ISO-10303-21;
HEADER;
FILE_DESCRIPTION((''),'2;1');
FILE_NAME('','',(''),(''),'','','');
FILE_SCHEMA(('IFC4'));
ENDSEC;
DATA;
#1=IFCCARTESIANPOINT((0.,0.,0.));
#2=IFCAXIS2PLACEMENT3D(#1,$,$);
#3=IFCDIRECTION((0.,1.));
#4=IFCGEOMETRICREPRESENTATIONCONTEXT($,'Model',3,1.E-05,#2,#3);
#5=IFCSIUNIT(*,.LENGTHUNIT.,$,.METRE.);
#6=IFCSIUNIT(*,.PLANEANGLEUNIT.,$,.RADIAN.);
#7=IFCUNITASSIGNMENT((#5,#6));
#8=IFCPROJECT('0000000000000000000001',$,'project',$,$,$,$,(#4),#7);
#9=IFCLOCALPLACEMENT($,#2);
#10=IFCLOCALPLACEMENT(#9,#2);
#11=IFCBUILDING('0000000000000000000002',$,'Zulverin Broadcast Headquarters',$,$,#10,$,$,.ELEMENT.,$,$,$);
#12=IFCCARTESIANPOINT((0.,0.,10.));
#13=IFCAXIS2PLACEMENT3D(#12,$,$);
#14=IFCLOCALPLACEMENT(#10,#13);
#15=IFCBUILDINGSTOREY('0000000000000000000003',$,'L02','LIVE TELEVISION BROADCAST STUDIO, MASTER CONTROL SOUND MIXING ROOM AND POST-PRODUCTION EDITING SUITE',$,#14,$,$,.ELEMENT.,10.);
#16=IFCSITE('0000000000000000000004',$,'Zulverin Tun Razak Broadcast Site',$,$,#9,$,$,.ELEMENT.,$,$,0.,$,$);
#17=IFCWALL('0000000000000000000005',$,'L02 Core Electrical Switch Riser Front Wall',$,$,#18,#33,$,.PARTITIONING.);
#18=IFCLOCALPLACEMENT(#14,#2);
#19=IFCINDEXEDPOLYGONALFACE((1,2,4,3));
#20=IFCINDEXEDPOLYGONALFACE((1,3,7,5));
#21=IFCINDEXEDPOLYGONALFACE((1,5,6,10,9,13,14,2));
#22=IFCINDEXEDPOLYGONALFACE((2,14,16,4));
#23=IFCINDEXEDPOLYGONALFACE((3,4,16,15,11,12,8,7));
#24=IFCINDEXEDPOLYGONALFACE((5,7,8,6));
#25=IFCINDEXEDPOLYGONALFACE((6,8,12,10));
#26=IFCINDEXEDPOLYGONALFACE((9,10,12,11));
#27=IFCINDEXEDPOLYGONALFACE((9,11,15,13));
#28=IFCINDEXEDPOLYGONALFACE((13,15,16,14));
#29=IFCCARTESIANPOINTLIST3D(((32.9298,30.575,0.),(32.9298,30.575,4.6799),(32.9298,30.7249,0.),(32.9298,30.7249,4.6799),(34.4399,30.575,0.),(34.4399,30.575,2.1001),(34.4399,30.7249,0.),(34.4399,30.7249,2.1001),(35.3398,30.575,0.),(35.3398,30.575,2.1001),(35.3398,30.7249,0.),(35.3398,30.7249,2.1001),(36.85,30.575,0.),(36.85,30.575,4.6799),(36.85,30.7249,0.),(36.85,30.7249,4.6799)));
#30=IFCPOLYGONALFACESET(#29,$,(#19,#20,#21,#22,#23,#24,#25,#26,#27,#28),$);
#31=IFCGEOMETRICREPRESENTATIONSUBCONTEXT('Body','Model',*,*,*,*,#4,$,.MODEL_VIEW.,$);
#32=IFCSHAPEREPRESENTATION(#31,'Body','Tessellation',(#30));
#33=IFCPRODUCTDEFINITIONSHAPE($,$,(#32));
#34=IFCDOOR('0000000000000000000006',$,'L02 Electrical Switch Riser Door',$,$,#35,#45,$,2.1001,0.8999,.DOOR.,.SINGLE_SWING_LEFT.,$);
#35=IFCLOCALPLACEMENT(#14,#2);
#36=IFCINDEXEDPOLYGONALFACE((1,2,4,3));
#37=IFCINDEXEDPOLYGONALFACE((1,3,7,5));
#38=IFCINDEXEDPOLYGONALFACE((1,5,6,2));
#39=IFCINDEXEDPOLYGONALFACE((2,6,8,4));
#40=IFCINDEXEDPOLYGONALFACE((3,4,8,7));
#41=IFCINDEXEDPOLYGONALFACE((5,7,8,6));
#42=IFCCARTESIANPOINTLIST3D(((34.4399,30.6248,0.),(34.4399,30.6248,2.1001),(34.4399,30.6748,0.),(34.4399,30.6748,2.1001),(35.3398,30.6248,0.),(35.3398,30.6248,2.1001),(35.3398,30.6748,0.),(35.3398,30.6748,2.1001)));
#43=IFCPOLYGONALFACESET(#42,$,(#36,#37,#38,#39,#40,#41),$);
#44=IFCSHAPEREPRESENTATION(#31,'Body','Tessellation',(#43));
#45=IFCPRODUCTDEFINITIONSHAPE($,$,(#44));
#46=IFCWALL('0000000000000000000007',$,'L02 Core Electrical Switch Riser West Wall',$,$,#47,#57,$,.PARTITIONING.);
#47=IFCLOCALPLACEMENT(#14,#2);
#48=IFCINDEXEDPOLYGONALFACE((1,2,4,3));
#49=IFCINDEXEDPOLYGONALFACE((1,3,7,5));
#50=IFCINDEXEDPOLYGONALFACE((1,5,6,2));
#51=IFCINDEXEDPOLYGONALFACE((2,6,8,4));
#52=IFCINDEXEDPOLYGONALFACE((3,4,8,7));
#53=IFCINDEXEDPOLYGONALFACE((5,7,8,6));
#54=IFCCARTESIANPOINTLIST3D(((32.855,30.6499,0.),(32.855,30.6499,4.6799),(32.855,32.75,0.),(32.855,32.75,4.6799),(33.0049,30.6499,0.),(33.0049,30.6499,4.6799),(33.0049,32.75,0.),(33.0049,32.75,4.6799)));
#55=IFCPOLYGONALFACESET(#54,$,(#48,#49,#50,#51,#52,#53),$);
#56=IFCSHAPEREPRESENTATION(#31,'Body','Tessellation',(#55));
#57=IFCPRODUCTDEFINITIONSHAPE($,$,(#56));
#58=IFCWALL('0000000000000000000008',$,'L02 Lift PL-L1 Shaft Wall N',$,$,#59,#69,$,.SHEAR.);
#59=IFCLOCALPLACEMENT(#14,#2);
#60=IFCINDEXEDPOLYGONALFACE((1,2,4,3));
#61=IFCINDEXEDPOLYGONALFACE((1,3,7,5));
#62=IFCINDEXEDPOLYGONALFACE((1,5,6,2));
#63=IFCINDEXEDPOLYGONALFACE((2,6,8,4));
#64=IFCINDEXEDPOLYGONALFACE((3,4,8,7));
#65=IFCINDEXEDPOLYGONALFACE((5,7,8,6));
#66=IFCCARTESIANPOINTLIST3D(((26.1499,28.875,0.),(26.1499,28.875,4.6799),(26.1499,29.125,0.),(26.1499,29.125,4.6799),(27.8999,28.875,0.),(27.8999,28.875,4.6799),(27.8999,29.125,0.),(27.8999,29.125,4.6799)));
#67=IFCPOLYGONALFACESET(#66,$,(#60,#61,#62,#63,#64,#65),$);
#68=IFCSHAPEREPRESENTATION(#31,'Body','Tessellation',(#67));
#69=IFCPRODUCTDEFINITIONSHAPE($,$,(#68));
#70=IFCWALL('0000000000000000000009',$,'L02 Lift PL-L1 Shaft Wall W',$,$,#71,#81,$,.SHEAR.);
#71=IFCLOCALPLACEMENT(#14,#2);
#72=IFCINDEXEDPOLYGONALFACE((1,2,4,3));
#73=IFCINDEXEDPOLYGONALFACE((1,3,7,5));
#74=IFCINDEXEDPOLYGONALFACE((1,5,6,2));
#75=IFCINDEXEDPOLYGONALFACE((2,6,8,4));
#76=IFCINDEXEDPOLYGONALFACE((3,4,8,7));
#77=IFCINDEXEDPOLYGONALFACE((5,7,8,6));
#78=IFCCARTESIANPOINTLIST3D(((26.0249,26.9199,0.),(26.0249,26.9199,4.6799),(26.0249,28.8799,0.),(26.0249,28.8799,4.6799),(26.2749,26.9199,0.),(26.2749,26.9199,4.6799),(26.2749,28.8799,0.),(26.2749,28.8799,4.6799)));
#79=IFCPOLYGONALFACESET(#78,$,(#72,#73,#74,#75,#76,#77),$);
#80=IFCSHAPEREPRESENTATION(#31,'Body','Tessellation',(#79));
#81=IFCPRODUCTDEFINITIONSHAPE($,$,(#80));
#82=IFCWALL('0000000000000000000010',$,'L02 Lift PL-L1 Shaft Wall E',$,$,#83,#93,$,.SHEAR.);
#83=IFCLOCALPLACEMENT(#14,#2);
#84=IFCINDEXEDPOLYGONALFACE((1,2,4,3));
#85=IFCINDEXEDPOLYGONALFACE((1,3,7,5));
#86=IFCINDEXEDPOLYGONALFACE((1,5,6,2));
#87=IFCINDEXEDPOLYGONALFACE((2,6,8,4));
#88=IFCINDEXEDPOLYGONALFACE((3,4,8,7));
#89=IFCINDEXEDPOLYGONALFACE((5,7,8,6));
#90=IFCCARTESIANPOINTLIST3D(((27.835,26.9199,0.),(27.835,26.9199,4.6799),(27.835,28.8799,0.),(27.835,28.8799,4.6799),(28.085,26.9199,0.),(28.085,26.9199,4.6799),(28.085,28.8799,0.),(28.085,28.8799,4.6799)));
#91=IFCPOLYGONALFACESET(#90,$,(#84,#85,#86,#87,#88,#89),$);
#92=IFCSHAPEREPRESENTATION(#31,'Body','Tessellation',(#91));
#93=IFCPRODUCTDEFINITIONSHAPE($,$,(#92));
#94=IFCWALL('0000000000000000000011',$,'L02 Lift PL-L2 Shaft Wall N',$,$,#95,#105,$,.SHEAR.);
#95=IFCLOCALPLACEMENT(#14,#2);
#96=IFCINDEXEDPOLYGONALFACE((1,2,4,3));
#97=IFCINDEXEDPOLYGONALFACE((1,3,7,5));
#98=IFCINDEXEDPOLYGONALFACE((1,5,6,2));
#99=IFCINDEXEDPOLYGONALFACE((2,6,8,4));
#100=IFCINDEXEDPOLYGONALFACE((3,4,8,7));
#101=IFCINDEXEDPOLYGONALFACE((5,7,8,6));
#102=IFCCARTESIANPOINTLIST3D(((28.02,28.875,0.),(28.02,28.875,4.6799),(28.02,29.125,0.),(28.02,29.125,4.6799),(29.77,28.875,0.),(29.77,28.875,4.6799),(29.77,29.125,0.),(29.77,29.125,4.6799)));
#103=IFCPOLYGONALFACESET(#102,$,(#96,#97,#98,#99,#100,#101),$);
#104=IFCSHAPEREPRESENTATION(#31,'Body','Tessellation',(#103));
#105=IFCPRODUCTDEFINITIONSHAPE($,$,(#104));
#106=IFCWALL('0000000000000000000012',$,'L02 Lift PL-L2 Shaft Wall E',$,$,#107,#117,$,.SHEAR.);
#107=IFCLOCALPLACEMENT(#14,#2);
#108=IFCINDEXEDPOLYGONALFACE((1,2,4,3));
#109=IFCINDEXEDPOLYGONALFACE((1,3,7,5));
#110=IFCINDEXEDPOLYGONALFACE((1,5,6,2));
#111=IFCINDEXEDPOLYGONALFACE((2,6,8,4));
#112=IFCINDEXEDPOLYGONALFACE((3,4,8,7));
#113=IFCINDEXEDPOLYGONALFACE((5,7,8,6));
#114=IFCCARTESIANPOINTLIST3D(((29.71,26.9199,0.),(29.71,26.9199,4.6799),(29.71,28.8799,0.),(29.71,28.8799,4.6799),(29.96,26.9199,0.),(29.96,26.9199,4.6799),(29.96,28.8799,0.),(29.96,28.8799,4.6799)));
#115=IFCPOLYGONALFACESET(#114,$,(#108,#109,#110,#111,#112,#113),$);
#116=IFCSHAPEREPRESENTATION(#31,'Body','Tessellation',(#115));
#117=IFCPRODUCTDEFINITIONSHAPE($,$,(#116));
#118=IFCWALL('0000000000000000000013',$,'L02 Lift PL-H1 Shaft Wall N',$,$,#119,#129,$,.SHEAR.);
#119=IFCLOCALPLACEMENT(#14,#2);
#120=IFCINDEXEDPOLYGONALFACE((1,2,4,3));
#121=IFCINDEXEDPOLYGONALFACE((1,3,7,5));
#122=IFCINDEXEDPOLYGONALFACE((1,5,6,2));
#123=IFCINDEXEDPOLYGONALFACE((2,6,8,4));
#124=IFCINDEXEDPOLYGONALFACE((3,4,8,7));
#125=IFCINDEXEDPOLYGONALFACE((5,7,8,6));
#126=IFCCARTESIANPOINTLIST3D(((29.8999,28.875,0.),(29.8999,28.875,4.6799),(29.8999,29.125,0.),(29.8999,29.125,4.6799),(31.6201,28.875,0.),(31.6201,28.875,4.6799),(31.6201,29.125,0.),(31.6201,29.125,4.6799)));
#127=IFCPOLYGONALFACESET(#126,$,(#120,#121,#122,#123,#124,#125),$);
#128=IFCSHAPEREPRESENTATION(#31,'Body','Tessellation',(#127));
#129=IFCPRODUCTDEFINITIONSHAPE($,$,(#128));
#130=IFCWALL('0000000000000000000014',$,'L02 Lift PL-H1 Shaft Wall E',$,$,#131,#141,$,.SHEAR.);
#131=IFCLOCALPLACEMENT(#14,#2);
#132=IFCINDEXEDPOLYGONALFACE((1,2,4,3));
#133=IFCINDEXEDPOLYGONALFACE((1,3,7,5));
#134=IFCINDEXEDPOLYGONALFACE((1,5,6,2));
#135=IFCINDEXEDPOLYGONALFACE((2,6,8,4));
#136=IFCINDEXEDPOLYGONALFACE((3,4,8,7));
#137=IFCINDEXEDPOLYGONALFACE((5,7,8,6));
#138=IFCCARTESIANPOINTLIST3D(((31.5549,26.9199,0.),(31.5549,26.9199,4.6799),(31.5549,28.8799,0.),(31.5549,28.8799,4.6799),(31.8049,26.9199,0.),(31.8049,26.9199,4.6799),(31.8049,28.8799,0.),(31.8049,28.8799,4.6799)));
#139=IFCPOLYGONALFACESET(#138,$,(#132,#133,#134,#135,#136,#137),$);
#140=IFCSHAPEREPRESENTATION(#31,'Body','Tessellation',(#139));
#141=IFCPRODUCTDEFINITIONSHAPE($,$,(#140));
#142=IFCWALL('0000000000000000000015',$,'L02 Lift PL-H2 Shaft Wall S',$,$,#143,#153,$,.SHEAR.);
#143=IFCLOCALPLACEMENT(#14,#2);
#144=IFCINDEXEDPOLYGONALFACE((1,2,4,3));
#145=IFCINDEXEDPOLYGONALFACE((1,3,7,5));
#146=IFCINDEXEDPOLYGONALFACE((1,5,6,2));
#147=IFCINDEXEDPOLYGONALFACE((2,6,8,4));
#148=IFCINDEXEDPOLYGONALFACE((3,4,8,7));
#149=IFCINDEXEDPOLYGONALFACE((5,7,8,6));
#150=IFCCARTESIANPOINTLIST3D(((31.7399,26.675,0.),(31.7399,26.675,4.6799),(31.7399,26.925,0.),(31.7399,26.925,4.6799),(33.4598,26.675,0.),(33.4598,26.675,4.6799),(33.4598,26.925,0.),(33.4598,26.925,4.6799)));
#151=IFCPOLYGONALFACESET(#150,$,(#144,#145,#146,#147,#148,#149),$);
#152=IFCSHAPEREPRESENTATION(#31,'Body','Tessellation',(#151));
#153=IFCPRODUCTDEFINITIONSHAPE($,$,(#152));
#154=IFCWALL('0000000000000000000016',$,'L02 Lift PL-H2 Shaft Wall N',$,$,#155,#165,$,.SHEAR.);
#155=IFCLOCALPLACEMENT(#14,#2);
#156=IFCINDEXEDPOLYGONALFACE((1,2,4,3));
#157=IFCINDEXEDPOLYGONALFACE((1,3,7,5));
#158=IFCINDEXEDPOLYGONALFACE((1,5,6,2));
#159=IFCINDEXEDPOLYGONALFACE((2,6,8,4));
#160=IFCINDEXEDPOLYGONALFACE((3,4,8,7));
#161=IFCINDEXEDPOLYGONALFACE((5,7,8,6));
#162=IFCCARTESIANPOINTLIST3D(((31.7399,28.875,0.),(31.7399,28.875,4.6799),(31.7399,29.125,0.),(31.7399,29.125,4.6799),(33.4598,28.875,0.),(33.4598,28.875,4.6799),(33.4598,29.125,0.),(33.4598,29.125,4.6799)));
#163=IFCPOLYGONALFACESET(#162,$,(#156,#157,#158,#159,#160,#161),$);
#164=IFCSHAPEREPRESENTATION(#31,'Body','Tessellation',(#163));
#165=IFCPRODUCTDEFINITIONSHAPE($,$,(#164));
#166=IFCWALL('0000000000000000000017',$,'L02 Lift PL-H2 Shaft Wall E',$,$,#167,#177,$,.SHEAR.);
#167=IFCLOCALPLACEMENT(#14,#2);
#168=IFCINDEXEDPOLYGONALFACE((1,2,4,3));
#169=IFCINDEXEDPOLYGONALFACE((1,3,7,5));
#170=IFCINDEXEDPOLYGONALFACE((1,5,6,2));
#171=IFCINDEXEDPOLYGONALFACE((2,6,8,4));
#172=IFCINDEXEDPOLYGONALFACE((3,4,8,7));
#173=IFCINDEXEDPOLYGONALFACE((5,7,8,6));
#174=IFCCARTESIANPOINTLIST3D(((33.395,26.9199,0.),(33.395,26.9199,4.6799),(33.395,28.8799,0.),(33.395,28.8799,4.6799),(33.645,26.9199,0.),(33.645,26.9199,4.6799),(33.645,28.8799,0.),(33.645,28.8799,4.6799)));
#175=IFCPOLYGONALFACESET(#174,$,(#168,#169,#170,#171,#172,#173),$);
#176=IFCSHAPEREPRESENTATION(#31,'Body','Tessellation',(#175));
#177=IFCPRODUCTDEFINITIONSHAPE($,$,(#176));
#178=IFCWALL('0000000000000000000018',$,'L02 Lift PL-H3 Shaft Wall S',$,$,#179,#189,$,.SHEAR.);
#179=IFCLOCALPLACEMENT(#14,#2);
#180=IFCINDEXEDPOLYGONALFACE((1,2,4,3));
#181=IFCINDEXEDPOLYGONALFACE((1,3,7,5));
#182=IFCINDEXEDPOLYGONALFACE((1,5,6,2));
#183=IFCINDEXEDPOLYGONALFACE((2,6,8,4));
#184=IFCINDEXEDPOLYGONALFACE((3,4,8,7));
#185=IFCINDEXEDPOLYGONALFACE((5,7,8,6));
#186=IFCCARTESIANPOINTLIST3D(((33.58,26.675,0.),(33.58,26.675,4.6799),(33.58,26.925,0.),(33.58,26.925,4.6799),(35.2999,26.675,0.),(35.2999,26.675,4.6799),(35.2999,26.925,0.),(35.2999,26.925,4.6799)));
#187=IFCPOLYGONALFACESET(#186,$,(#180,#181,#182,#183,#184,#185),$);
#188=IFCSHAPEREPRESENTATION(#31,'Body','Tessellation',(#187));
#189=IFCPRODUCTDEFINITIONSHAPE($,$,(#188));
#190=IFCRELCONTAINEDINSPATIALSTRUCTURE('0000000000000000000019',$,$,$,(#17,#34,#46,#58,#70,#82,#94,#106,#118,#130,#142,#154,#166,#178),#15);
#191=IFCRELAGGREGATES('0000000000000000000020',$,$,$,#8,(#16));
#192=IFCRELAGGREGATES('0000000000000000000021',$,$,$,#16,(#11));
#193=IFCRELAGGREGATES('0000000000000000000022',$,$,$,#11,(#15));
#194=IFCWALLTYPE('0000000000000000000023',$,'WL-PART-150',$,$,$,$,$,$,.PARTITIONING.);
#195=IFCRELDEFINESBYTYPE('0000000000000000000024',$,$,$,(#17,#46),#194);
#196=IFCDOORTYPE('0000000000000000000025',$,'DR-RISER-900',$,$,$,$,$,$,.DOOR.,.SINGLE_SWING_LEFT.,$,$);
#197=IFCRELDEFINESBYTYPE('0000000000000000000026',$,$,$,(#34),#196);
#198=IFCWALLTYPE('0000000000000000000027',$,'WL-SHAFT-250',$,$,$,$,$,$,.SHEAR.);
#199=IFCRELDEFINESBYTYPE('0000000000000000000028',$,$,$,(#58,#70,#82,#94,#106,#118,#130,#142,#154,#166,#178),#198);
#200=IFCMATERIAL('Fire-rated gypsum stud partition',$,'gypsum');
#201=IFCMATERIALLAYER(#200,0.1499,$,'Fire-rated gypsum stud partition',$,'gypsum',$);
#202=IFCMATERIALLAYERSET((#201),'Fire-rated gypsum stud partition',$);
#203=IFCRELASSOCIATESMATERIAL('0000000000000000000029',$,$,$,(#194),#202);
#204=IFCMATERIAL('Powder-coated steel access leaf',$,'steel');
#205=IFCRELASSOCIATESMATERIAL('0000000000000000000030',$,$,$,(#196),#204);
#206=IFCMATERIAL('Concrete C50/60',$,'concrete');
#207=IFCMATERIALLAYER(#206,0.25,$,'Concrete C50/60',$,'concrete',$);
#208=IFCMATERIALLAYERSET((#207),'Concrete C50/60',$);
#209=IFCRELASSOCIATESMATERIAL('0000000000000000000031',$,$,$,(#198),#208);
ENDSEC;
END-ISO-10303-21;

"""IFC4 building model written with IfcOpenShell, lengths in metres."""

from ifc_helpers import new_model, si_unit, direction, frame, frame_2d, origin, place, context, subcontext, project, spatial, rectangle, extrude, material, layer, layer_set, type_object, element, fill, save


model = new_model("IFC4")

# Units and contexts
model_context = context("Model", 3, precision=1e-05, world=origin(), true_north=direction((0.0, 1.0)))
body_context = subcontext(model_context, "Body", "Model", "MODEL_VIEW")
ifc_project = project(units=[si_unit("LENGTHUNIT", "METRE"), si_unit("PLANEANGLEUNIT", "RADIAN")], contexts=[model_context])

# Site, building, storey
site_placement = place(None, origin())
site = spatial("IfcSite", under=ifc_project, at=site_placement, Name="Zulverin Tun Razak Broadcast Site", CompositionType="ELEMENT", RefElevation=0.0)
building_placement = place(site_placement, origin())
building = spatial("IfcBuilding", under=site, at=building_placement, Name="Zulverin Broadcast Headquarters", CompositionType="ELEMENT")
storey_placement = place(building_placement, frame((0.0, 0.0, 10.0)))
storey = spatial("IfcBuildingStorey", under=building, at=storey_placement, Name="L02", Description="LIVE TELEVISION BROADCAST STUDIO, MASTER CONTROL SOUND MIXING ROOM AND POST-PRODUCTION EDITING SUITE", CompositionType="ELEMENT", Elevation=10.0)

# Shared definitions
ifc_material_1 = material(Name="Fire-rated gypsum stud partition", Category="gypsum")
ifc_layer_1 = layer(ifc_material_1, 0.1499, Name="Fire-rated gypsum stud partition", Category="gypsum")
ifc_layer_set_1 = layer_set([ifc_layer_1], Name="Fire-rated gypsum stud partition")
wall_type_1 = type_object("IfcWallType", Name="WL-PART-150", PredefinedType="PARTITIONING", material=ifc_layer_set_1)

# Wall, opening, door
wall_1_placement = place(storey_placement, frame((32.9299, 30.6499, 0.0), z_axis=(0.0, 0.0, 1.0), x_axis=(1.0, 0.0, 0.0)))
wall_1 = element("IfcWall", 1, at=wall_1_placement, inside=storey, type_object=wall_type_1, Name="L02 Core Electrical Switch Riser Front Wall", PredefinedType="PARTITIONING", context=body_context, shape_type="SweptSolid", body=[
    extrude(rectangle(XDim=3.9202, YDim=0.1499, at=frame_2d((1.96, 0.0))), origin(), (0.0, 0.0, 1.0), 4.6799),
])
opening_1_placement = place(wall_1_placement, frame((1.51, 0.0, 0.0)))
opening_1 = element("IfcOpeningElement", 2, at=opening_1_placement, cuts=wall_1, PredefinedType="OPENING", context=body_context, shape_type="SweptSolid", body=[
    extrude(rectangle(XDim=0.8999, YDim=2.1001, at=frame_2d((0.45, 1.05))), frame((0.0, 0.085, 0.0), z_axis=(0.0, -1.0, 0.0), x_axis=(1.0, 0.0, 0.0)), (0.0, 0.0, 1.0), 0.1699),
])
ifc_material_2 = material(Name="Powder-coated steel access leaf", Category="steel")
door_type_1 = type_object("IfcDoorType", Name="DR-RISER-900", OperationType="SINGLE_SWING_LEFT", PredefinedType="DOOR", material=ifc_material_2)
door_1_placement = place(opening_1_placement, origin())
door_1 = element("IfcDoor", 3, at=door_1_placement, inside=storey, type_object=door_type_1, Name="L02 Electrical Switch Riser Door", OperationType="SINGLE_SWING_LEFT", OverallHeight=2.1001, OverallWidth=0.8999, PredefinedType="DOOR", context=body_context, shape_type="SweptSolid", body=[
    extrude(rectangle(XDim=0.8999, YDim=2.1001, at=frame_2d((0.45, 1.05))), frame((0.0, 0.0249, 0.0), z_axis=(0.0, -1.0, 0.0), x_axis=(1.0, 0.0, 0.0)), (0.0, 0.0, 1.0), 0.05),
])
fill(opening_1, door_1)

# Walls
wall_2_placement = place(storey_placement, frame((32.9299, 30.6499, 0.0), z_axis=(0.0, 0.0, 1.0), x_axis=(0.0, 1.0, 0.0)))
element("IfcWall", 4, at=wall_2_placement, inside=storey, type_object=wall_type_1, Name="L02 Core Electrical Switch Riser West Wall", PredefinedType="PARTITIONING", context=body_context, shape_type="SweptSolid", body=[
    extrude(rectangle(XDim=2.1001, YDim=0.1499, at=frame_2d((1.05, 0.0))), origin(), (0.0, 0.0, 1.0), 4.6799),
])
ifc_material_3 = material(Name="Concrete C50/60", Category="concrete")
ifc_layer_2 = layer(ifc_material_3, 0.25, Name="Concrete C50/60", Category="concrete")
ifc_layer_set_2 = layer_set([ifc_layer_2], Name="Concrete C50/60")
wall_type_2 = type_object("IfcWallType", Name="WL-SHAFT-250", PredefinedType="SHEAR", material=ifc_layer_set_2)
wall_3_placement = place(storey_placement, frame((26.1499, 29.0, 0.0), z_axis=(0.0, 0.0, 1.0), x_axis=(1.0, 0.0, 0.0)))
element("IfcWall", 5, at=wall_3_placement, inside=storey, type_object=wall_type_2, Name="L02 Lift PL-L1 Shaft Wall N", PredefinedType="SHEAR", context=body_context, shape_type="SweptSolid", body=[
    extrude(rectangle(XDim=1.75, YDim=0.25, at=frame_2d((0.875, 0.0))), origin(), (0.0, 0.0, 1.0), 4.6799),
])
for number, where, z_axis, x_axis, name in (
    (6, (26.1499, 26.9199, 0.0), (0.0, 0.0, 1.0), (0.0, 1.0, 0.0), "L02 Lift PL-L1 Shaft Wall W"),
    (7, (27.96, 26.9199, 0.0), (0.0, 0.0, 1.0), (0.0, 1.0, 0.0), "L02 Lift PL-L1 Shaft Wall E"),
):
    element("IfcWall", number, at=place(storey_placement, frame(where, z_axis=z_axis, x_axis=x_axis)), inside=storey, type_object=wall_type_2, Name=name, PredefinedType="SHEAR", context=body_context, shape_type="SweptSolid", body=[
        extrude(rectangle(XDim=1.96, YDim=0.25, at=frame_2d((0.98, 0.0))), origin(), (0.0, 0.0, 1.0), 4.6799),
    ])
wall_4_placement = place(storey_placement, frame((28.02, 29.0, 0.0), z_axis=(0.0, 0.0, 1.0), x_axis=(1.0, 0.0, 0.0)))
element("IfcWall", 8, at=wall_4_placement, inside=storey, type_object=wall_type_2, Name="L02 Lift PL-L2 Shaft Wall N", PredefinedType="SHEAR", context=body_context, shape_type="SweptSolid", body=[
    extrude(rectangle(XDim=1.75, YDim=0.25, at=frame_2d((0.875, 0.0))), origin(), (0.0, 0.0, 1.0), 4.6799),
])
wall_5_placement = place(storey_placement, frame((29.835, 26.9199, 0.0), z_axis=(0.0, 0.0, 1.0), x_axis=(0.0, 1.0, 0.0)))
element("IfcWall", 9, at=wall_5_placement, inside=storey, type_object=wall_type_2, Name="L02 Lift PL-L2 Shaft Wall E", PredefinedType="SHEAR", context=body_context, shape_type="SweptSolid", body=[
    extrude(rectangle(XDim=1.96, YDim=0.25, at=frame_2d((0.98, 0.0))), origin(), (0.0, 0.0, 1.0), 4.6799),
])
wall_6_placement = place(storey_placement, frame((29.8999, 29.0, 0.0), z_axis=(0.0, 0.0, 1.0), x_axis=(1.0, 0.0, 0.0)))
element("IfcWall", 10, at=wall_6_placement, inside=storey, type_object=wall_type_2, Name="L02 Lift PL-H1 Shaft Wall N", PredefinedType="SHEAR", context=body_context, shape_type="SweptSolid", body=[
    extrude(rectangle(XDim=1.7202, YDim=0.25, at=frame_2d((0.8601, 0.0))), origin(), (0.0, 0.0, 1.0), 4.6799),
])
wall_7_placement = place(storey_placement, frame((31.6799, 26.9199, 0.0), z_axis=(0.0, 0.0, 1.0), x_axis=(0.0, 1.0, 0.0)))
element("IfcWall", 11, at=wall_7_placement, inside=storey, type_object=wall_type_2, Name="L02 Lift PL-H1 Shaft Wall E", PredefinedType="SHEAR", context=body_context, shape_type="SweptSolid", body=[
    extrude(rectangle(XDim=1.96, YDim=0.25, at=frame_2d((0.98, 0.0))), origin(), (0.0, 0.0, 1.0), 4.6799),
])
for number, where, z_axis, x_axis, name in (
    (12, (31.74, 26.8, 0.0), (0.0, 0.0, 1.0), (1.0, 0.0, 0.0), "L02 Lift PL-H2 Shaft Wall S"),
    (13, (31.74, 29.0, 0.0), (0.0, 0.0, 1.0), (1.0, 0.0, 0.0), "L02 Lift PL-H2 Shaft Wall N"),
):
    element("IfcWall", number, at=place(storey_placement, frame(where, z_axis=z_axis, x_axis=x_axis)), inside=storey, type_object=wall_type_2, Name=name, PredefinedType="SHEAR", context=body_context, shape_type="SweptSolid", body=[
        extrude(rectangle(XDim=1.72, YDim=0.25, at=frame_2d((0.8599, 0.0))), origin(), (0.0, 0.0, 1.0), 4.6799),
    ])
wall_8_placement = place(storey_placement, frame((33.52, 26.9199, 0.0), z_axis=(0.0, 0.0, 1.0), x_axis=(0.0, 1.0, 0.0)))
element("IfcWall", 14, at=wall_8_placement, inside=storey, type_object=wall_type_2, Name="L02 Lift PL-H2 Shaft Wall E", PredefinedType="SHEAR", context=body_context, shape_type="SweptSolid", body=[
    extrude(rectangle(XDim=1.96, YDim=0.25, at=frame_2d((0.98, 0.0))), origin(), (0.0, 0.0, 1.0), 4.6799),
])
wall_9_placement = place(storey_placement, frame((33.5801, 26.8, 0.0), z_axis=(0.0, 0.0, 1.0), x_axis=(1.0, 0.0, 0.0)))
element("IfcWall", 15, at=wall_9_placement, inside=storey, type_object=wall_type_2, Name="L02 Lift PL-H3 Shaft Wall S", PredefinedType="SHEAR", context=body_context, shape_type="SweptSolid", body=[
    extrude(rectangle(XDim=1.72, YDim=0.25, at=frame_2d((0.8599, 0.0))), origin(), (0.0, 0.0, 1.0), 4.6799),
])

save(model, "model.ifc")
